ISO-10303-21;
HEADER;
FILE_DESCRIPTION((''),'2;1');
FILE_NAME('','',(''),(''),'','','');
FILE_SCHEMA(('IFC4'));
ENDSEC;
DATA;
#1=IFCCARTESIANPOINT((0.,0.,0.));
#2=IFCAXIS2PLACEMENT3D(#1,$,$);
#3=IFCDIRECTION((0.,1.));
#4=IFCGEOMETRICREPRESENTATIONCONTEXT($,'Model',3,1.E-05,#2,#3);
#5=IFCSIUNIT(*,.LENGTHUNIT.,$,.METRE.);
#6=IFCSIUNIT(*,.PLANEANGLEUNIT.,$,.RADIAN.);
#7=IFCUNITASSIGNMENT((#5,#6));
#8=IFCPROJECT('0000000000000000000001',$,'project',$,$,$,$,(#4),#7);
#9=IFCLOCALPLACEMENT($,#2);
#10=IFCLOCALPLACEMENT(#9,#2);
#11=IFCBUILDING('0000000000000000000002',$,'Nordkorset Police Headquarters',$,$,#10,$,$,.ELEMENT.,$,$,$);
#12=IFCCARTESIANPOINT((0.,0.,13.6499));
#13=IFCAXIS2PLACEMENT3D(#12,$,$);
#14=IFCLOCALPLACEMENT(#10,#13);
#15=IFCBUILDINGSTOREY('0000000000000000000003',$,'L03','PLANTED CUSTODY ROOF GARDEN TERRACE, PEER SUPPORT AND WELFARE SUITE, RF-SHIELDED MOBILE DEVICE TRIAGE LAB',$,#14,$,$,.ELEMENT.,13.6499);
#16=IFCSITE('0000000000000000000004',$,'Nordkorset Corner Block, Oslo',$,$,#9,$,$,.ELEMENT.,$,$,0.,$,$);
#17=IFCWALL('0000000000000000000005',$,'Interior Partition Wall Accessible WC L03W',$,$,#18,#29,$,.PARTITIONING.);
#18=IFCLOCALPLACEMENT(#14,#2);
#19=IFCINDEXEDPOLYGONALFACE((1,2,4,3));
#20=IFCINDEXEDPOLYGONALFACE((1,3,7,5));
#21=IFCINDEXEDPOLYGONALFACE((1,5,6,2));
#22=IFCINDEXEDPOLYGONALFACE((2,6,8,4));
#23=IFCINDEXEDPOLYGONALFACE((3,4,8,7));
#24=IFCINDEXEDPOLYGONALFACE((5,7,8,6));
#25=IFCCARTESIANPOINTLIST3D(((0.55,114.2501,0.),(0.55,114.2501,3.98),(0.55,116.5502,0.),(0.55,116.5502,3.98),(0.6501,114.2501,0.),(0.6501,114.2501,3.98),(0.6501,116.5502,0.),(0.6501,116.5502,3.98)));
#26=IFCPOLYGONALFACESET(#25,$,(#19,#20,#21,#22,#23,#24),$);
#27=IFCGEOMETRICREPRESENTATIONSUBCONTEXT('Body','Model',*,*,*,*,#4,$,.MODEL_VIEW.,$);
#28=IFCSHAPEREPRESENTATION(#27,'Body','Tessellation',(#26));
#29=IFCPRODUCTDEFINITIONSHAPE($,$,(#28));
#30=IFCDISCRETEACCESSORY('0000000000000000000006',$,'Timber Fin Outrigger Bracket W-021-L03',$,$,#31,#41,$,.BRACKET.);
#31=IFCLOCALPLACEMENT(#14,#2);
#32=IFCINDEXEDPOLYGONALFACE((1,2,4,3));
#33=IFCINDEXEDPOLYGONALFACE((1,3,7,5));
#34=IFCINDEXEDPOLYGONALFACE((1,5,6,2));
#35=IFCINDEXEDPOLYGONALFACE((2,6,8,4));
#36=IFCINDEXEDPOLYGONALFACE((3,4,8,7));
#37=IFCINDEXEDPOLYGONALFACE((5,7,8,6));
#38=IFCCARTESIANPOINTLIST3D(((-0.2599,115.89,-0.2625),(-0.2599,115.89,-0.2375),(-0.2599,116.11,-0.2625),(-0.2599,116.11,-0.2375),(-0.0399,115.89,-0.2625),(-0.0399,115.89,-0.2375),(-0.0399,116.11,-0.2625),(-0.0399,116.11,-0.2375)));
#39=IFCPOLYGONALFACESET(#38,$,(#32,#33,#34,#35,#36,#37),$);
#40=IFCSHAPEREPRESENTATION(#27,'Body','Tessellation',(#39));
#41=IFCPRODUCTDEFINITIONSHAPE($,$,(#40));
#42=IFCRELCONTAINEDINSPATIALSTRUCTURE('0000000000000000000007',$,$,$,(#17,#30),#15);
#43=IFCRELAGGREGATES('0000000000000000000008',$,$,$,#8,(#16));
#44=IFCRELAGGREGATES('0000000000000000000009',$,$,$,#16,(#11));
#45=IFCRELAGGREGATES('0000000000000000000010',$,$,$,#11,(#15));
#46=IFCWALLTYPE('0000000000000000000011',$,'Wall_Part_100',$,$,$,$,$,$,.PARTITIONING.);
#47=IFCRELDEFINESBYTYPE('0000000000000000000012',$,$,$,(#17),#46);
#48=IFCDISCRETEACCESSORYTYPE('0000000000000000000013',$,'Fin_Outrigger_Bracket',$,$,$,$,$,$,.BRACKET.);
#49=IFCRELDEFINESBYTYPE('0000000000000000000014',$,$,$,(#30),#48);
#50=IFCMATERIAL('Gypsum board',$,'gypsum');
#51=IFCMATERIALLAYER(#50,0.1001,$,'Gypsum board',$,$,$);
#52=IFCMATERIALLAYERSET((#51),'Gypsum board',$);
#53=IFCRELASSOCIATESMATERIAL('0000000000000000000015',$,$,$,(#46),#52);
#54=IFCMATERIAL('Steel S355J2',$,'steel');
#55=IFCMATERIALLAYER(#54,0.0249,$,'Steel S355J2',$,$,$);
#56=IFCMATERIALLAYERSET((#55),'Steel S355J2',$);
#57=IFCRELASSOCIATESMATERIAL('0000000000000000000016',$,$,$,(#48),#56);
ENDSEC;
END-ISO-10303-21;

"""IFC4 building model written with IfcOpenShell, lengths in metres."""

from ifc_helpers import new_model, si_unit, direction, frame, frame_2d, origin, origin_2d, place, context, subcontext, project, spatial, rectangle, extrude, material, layer, layer_set, type_object, element, save


model = new_model("IFC4")

# Units and contexts
model_context = context("Model", 3, precision=1e-05, world=origin(), true_north=direction((0.0, 1.0)))
body_context = subcontext(model_context, "Body", "Model", "MODEL_VIEW")
ifc_project = project(units=[si_unit("LENGTHUNIT", "METRE"), si_unit("PLANEANGLEUNIT", "RADIAN")], contexts=[model_context])

# Site, building, storey
site_placement = place(None, origin())
site = spatial("IfcSite", under=ifc_project, at=site_placement, Name="Nordkorset Corner Block, Oslo", CompositionType="ELEMENT", RefElevation=0.0)
building_placement = place(site_placement, origin())
building = spatial("IfcBuilding", under=site, at=building_placement, Name="Nordkorset Police Headquarters", CompositionType="ELEMENT")
storey_placement = place(building_placement, frame((0.0, 0.0, 13.6499)))
storey = spatial("IfcBuildingStorey", under=building, at=storey_placement, Name="L03", Description="PLANTED CUSTODY ROOF GARDEN TERRACE, PEER SUPPORT AND WELFARE SUITE, RF-SHIELDED MOBILE DEVICE TRIAGE LAB", CompositionType="ELEMENT", Elevation=13.6499)

# Wall
ifc_material_1 = material(Name="Gypsum board", Category="gypsum")
ifc_layer_1 = layer(ifc_material_1, 0.1001, Name="Gypsum board")
ifc_layer_set_1 = layer_set([ifc_layer_1], Name="Gypsum board")
wall_type = type_object("IfcWallType", Name="Wall_Part_100", PredefinedType="PARTITIONING", material=ifc_layer_set_1)
wall_placement = place(storey_placement, frame((0.6001, 116.55, 0.0), z_axis=(0.0, 0.0, 1.0), x_axis=(0.0, -1.0, 0.0)))
element("IfcWall", 1, at=wall_placement, inside=storey, type_object=wall_type, Name="Interior Partition Wall Accessible WC L03W", PredefinedType="PARTITIONING", context=body_context, shape_type="SweptSolid", body=[
    extrude(rectangle(XDim=2.3, YDim=0.1001, at=frame_2d((1.1499, 0.0))), origin(), (0.0, 0.0, 1.0), 3.98),
])

# Discrete accessory
ifc_material_2 = material(Name="Steel S355J2", Category="steel")
ifc_layer_2 = layer(ifc_material_2, 0.0249, Name="Steel S355J2")
ifc_layer_set_2 = layer_set([ifc_layer_2], Name="Steel S355J2")
discrete_accessory_type = type_object("IfcDiscreteAccessoryType", Name="Fin_Outrigger_Bracket", PredefinedType="BRACKET", material=ifc_layer_set_2)
discrete_accessory_placement = place(storey_placement, frame((-0.1499, 116.0, -0.2625), z_axis=(0.0, 0.0, 1.0), x_axis=(1.0, 0.0, 0.0)))
element("IfcDiscreteAccessory", 2, at=discrete_accessory_placement, inside=storey, type_object=discrete_accessory_type, Name="Timber Fin Outrigger Bracket W-021-L03", PredefinedType="BRACKET", context=body_context, shape_type="SweptSolid", body=[
    extrude(rectangle(XDim=0.22, YDim=0.22, at=origin_2d()), origin(), (0.0, 0.0, 1.0), 0.0249),
])

save(model, "model.ifc")
